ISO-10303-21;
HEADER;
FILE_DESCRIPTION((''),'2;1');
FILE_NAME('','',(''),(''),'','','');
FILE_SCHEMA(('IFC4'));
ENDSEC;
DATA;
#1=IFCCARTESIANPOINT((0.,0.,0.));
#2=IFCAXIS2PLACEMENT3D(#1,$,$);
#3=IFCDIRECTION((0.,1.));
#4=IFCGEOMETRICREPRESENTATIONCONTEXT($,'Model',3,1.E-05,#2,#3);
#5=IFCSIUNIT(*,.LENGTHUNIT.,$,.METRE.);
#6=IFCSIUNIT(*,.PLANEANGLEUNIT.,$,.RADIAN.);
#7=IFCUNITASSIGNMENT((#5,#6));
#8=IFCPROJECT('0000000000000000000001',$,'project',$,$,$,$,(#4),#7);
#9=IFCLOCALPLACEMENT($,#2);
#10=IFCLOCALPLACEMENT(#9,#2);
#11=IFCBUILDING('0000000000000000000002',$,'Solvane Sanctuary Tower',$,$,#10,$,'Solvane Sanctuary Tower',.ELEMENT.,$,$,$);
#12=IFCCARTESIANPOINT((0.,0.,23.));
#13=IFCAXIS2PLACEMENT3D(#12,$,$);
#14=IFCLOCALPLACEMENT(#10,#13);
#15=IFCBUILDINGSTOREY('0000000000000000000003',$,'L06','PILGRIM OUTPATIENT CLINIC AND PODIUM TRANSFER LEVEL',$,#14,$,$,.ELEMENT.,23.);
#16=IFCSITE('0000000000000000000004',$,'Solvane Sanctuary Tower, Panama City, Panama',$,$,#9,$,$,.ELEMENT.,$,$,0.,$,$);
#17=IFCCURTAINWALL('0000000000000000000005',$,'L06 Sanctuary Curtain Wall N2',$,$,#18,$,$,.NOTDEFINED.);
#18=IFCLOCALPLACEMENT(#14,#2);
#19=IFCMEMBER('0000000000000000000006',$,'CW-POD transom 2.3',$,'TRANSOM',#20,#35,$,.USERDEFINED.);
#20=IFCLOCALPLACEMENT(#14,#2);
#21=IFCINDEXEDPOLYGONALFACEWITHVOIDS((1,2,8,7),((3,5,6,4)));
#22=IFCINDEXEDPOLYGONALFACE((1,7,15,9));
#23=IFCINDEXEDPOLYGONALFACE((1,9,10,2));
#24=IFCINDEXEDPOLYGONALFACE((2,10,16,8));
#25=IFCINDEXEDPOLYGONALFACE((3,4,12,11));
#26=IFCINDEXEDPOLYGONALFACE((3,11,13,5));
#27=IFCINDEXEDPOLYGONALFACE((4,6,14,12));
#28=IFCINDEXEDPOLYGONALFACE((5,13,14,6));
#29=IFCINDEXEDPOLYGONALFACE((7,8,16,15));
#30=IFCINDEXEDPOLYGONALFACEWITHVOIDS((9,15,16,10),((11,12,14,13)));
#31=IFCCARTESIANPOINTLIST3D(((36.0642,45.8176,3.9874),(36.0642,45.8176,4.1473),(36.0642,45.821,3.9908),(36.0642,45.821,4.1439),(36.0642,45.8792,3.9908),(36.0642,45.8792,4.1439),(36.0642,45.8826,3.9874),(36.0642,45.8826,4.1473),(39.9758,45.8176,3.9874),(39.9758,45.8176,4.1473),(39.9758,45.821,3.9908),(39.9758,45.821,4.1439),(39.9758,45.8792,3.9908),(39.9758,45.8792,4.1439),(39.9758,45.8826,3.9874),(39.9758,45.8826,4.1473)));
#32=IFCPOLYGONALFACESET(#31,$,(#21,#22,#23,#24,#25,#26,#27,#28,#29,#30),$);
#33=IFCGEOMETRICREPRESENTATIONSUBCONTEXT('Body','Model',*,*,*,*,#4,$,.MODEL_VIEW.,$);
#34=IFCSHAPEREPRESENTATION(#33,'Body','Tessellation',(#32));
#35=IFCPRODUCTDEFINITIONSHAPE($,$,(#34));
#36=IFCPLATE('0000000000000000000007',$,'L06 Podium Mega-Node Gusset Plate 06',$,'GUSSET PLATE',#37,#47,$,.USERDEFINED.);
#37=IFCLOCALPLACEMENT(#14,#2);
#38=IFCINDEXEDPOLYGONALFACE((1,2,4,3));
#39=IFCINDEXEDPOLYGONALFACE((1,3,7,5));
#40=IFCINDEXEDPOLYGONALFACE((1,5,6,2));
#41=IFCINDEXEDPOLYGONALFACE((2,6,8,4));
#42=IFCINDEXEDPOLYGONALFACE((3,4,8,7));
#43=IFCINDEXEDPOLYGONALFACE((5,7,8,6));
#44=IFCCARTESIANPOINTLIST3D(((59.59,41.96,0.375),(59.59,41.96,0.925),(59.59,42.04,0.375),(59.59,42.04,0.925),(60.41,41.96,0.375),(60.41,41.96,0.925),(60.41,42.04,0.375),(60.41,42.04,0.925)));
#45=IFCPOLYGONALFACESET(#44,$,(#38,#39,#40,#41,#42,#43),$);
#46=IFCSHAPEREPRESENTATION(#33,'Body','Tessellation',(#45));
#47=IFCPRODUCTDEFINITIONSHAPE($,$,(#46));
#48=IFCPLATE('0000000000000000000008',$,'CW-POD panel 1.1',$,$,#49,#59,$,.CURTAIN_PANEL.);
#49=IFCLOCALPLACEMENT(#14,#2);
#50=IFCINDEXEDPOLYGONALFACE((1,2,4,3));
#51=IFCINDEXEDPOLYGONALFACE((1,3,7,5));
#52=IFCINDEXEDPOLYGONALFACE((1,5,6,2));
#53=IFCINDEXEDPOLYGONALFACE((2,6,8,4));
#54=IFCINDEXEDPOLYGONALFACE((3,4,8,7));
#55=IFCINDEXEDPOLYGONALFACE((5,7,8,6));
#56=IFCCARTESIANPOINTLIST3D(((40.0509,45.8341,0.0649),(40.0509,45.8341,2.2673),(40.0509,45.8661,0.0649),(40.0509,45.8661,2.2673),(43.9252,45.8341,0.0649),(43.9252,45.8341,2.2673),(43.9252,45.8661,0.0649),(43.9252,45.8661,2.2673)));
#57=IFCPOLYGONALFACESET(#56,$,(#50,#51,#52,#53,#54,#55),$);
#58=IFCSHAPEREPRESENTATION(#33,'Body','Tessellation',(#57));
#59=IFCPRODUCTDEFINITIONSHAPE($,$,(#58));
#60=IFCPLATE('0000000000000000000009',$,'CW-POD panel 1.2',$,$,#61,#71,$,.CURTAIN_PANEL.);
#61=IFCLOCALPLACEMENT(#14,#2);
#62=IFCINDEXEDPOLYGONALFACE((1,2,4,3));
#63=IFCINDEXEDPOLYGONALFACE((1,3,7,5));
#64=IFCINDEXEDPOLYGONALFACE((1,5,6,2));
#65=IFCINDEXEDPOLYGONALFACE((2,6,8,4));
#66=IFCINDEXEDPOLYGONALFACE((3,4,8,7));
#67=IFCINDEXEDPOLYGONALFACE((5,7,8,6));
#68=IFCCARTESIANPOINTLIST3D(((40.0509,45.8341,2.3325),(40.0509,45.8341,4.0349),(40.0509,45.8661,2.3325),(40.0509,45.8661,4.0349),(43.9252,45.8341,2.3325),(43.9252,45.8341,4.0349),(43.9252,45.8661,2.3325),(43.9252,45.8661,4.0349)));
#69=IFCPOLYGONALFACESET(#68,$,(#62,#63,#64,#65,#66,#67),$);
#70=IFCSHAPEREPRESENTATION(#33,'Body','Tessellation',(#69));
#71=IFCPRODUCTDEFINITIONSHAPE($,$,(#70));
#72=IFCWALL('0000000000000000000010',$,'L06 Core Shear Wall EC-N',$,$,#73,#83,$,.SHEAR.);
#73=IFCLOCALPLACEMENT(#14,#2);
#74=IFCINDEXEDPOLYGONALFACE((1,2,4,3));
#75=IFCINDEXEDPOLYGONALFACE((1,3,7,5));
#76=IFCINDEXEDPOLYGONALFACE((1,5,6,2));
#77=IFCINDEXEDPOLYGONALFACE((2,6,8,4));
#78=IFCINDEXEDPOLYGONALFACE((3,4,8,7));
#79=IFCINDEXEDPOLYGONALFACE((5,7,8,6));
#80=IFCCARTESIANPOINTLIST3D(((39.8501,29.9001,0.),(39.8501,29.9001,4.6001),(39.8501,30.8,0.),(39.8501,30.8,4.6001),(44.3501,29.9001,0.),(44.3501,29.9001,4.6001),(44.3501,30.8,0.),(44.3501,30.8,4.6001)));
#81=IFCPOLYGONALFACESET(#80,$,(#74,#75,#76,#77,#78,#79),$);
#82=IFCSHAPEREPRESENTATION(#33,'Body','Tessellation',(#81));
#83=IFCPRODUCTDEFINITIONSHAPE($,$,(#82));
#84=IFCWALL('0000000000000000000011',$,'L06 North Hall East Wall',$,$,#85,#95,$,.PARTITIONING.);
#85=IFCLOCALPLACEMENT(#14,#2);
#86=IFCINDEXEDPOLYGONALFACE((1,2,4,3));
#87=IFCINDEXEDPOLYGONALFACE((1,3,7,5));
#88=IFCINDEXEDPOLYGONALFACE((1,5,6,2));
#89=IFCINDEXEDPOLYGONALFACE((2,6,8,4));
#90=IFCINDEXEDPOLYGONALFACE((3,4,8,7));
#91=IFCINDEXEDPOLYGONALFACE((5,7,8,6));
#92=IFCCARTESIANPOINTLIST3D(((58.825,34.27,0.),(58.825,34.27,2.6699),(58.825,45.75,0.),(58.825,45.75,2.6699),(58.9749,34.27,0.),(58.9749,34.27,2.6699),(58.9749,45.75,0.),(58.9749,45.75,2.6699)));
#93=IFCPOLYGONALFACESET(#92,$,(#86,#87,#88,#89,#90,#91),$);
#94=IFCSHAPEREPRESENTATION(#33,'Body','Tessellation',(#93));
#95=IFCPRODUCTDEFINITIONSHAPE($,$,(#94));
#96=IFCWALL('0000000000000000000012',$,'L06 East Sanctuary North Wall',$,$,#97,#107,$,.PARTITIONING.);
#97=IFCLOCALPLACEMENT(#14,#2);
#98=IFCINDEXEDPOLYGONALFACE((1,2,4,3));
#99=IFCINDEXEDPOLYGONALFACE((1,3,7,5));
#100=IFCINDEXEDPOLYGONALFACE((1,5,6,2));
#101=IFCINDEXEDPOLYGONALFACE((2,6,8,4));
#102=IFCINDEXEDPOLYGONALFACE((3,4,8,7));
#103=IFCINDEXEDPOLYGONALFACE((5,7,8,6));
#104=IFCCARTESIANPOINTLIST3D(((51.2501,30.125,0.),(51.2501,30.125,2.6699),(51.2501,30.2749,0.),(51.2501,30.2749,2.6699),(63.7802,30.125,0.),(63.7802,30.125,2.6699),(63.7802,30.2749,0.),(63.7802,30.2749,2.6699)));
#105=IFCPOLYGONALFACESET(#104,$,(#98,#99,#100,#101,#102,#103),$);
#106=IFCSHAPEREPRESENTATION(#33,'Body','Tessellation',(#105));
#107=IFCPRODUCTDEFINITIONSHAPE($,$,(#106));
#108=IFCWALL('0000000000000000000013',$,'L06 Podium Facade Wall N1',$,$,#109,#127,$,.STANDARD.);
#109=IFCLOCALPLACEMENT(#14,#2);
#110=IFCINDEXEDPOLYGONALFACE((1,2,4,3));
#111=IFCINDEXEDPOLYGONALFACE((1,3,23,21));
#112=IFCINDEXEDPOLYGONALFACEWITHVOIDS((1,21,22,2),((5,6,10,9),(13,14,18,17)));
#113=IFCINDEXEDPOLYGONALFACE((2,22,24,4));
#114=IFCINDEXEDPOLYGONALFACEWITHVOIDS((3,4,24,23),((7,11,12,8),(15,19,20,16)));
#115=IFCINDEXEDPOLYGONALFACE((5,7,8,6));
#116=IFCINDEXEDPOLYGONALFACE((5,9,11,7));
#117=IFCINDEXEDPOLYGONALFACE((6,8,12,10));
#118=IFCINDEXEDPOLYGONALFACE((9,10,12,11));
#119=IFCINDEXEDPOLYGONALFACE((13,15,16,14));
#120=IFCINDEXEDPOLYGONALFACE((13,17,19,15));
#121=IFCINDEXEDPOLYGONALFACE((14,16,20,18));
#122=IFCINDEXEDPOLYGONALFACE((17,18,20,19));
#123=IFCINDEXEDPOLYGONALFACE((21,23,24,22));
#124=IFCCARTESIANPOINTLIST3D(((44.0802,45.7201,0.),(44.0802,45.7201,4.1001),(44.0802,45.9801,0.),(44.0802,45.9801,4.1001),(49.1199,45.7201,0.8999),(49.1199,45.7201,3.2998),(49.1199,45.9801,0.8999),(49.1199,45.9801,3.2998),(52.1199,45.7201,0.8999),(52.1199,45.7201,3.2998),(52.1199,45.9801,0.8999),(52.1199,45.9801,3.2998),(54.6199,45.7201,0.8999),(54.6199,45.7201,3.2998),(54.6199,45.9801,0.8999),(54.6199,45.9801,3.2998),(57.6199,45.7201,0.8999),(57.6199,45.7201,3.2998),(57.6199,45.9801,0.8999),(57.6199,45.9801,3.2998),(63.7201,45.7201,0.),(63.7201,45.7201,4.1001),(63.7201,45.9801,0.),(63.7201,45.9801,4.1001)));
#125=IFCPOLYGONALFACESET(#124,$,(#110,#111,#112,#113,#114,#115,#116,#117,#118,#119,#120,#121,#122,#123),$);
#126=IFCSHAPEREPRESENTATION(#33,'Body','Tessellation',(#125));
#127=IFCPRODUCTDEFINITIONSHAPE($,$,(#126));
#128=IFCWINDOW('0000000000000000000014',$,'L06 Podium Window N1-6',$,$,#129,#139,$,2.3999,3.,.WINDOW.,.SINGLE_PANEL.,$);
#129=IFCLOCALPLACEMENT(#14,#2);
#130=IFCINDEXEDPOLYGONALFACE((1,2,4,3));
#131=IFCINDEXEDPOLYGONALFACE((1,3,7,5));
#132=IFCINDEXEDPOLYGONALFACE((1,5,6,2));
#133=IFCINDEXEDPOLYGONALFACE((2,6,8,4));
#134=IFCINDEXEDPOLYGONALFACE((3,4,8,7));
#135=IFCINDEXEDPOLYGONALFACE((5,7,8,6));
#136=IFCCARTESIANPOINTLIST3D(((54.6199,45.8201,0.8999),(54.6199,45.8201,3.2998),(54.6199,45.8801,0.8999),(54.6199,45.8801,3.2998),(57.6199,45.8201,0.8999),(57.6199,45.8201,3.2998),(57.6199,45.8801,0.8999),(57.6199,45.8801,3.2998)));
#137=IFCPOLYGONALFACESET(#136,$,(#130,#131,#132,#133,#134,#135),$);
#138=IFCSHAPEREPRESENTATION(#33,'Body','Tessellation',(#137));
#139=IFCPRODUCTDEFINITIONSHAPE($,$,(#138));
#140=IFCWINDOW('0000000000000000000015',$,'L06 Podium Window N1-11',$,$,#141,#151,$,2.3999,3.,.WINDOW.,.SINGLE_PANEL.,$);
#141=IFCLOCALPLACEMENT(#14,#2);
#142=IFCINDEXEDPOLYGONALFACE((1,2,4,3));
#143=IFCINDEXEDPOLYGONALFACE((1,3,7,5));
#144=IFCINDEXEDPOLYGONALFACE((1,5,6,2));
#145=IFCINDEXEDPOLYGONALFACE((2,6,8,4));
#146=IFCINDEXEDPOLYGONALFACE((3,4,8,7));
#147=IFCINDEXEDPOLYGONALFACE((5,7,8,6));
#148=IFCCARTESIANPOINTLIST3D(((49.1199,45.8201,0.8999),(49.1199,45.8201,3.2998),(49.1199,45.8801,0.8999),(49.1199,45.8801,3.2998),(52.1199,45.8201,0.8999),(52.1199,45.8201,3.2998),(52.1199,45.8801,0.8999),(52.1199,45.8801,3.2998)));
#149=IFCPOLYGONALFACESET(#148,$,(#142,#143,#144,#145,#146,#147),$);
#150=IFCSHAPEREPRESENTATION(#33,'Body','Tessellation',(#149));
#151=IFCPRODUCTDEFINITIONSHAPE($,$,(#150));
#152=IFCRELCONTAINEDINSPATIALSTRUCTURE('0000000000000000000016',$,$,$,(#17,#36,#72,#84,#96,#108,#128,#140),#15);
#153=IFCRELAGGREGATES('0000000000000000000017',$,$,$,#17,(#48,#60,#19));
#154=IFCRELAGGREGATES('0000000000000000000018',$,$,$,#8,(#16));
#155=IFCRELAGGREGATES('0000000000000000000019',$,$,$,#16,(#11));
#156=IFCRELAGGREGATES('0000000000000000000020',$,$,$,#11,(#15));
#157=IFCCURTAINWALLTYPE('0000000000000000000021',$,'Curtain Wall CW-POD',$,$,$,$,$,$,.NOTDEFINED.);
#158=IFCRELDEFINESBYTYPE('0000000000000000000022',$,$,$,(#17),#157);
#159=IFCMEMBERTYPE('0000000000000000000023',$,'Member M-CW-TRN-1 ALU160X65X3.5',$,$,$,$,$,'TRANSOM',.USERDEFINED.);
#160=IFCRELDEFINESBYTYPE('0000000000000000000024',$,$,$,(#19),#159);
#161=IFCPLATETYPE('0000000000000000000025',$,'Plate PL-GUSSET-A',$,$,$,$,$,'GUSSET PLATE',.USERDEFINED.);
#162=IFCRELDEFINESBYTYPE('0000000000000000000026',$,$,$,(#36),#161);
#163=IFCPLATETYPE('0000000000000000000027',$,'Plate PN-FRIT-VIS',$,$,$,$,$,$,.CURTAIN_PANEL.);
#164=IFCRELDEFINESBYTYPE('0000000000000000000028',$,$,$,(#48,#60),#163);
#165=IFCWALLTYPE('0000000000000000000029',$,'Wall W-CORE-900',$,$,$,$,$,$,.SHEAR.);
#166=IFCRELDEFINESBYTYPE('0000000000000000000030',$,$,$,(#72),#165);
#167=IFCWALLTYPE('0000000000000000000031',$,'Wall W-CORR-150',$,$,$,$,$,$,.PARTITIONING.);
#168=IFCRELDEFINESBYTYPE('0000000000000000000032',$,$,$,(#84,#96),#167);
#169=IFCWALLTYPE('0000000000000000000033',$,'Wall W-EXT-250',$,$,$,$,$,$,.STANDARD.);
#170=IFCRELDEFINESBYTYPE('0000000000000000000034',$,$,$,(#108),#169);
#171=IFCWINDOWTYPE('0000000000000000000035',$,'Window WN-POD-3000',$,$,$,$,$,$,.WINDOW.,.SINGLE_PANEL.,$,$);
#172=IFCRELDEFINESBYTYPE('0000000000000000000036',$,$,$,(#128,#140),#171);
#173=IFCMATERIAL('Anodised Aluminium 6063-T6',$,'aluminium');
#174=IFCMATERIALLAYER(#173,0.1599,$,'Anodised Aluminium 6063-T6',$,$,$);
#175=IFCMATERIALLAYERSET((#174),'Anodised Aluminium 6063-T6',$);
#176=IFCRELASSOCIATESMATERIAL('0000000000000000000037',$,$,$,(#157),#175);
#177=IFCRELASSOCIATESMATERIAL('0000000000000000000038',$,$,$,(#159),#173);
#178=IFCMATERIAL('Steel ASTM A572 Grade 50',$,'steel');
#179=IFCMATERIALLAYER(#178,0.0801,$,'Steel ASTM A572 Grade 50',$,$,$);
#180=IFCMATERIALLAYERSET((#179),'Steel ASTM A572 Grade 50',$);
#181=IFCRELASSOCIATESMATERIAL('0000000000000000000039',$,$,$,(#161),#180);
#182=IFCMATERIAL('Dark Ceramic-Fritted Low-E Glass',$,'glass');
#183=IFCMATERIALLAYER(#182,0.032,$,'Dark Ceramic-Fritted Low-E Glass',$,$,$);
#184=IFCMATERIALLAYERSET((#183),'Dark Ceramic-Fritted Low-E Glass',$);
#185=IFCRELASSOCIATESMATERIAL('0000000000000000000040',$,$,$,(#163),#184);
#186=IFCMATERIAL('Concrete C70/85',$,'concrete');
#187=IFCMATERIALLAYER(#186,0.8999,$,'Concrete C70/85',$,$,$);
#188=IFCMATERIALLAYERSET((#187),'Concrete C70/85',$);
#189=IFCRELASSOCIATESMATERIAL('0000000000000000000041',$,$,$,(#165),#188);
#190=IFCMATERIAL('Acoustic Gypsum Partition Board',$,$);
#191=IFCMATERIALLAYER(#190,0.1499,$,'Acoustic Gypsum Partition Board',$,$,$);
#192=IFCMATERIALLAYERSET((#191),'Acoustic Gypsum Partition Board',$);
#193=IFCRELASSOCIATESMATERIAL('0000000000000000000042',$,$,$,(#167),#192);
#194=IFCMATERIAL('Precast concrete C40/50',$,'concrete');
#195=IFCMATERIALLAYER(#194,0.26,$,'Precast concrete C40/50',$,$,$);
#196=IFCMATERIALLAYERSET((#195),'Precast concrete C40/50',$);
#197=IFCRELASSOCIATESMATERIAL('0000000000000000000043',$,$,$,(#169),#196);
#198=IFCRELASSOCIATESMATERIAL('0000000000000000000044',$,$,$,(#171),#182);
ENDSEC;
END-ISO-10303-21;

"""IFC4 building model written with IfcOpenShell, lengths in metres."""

from ifc_helpers import new_model, si_unit, direction, frame, frame_2d, origin, origin_2d, place, context, subcontext, project, spatial, rectangle, hollow_rectangle, extrude, material, layer, layer_set, material_profile, profile_set, type_object, element, fill, aggregate, save


model = new_model("IFC4")

# Units and contexts
model_context = context("Model", 3, precision=1e-05, world=origin(), true_north=direction((0.0, 1.0)))
body_context = subcontext(model_context, "Body", "Model", "MODEL_VIEW")
ifc_project = project(units=[si_unit("LENGTHUNIT", "METRE"), si_unit("PLANEANGLEUNIT", "RADIAN")], contexts=[model_context])

# Site, building, storey
site_placement = place(None, origin())
site = spatial("IfcSite", under=ifc_project, at=site_placement, Name="Solvane Sanctuary Tower, Panama City, Panama", CompositionType="ELEMENT", RefElevation=0.0)
building_placement = place(site_placement, origin())
building = spatial("IfcBuilding", under=site, at=building_placement, Name="Solvane Sanctuary Tower", LongName="Solvane Sanctuary Tower", CompositionType="ELEMENT")
storey_placement = place(building_placement, frame((0.0, 0.0, 23.0)))
storey = spatial("IfcBuildingStorey", under=building, at=storey_placement, Name="L06", Description="PILGRIM OUTPATIENT CLINIC AND PODIUM TRANSFER LEVEL", CompositionType="ELEMENT", Elevation=23.0)

# Shared definitions
ifc_material_1 = material(Name="Concrete C70/85", Category="concrete")

# Curtain wall, member
ifc_material_2 = material(Name="Anodised Aluminium 6063-T6", Category="aluminium")
ifc_layer_1 = layer(ifc_material_2, 0.1599, Name="Anodised Aluminium 6063-T6")
ifc_layer_set_1 = layer_set([ifc_layer_1], Name="Anodised Aluminium 6063-T6")
curtain_wall_type = type_object("IfcCurtainWallType", Name="Curtain Wall CW-POD", PredefinedType="NOTDEFINED", material=ifc_layer_set_1)
curtain_wall_placement = place(storey_placement, origin())
curtain_wall = element("IfcCurtainWall", 1, at=curtain_wall_placement, inside=storey, type_object=curtain_wall_type, Name="L06 Sanctuary Curtain Wall N2", PredefinedType="NOTDEFINED")
ifc_material_profile_1 = material_profile(ifc_material_2, hollow_rectangle(XDim=0.0649, YDim=0.1599, WallThickness=0.0034, at=origin_2d()), Name="ALU160X65X3.5")
ifc_profile_set_1 = profile_set([ifc_material_profile_1], Name="Anodised Aluminium 6063-T6")
member_type_1 = type_object("IfcMemberType", Name="Member M-CW-TRN-1 ALU160X65X3.5", ElementType="TRANSOM", PredefinedType="USERDEFINED", material=ifc_profile_set_1)
member_1_placement = place(storey_placement, frame((39.9758, 45.8501, 4.0674), z_axis=(-1.0, 0.0, 0.0), x_axis=(0.0, -1.0, 0.0)))
member_1 = element("IfcMember", 2, at=member_1_placement, type_object=member_type_1, Name="CW-POD transom 2.3", ObjectType="TRANSOM", PredefinedType="USERDEFINED", context=body_context, shape_type="SweptSolid", body=[
    extrude(hollow_rectangle(XDim=0.0649, YDim=0.1599, WallThickness=0.0034, at=origin_2d()), origin(), (0.0, 0.0, 1.0), 3.9116),
])

# Plates
ifc_material_3 = material(Name="Steel ASTM A572 Grade 50", Category="steel")
ifc_layer_2 = layer(ifc_material_3, 0.0801, Name="Steel ASTM A572 Grade 50")
ifc_layer_set_2 = layer_set([ifc_layer_2], Name="Steel ASTM A572 Grade 50")
plate_type_1 = type_object("IfcPlateType", Name="Plate PL-GUSSET-A", ElementType="GUSSET PLATE", PredefinedType="USERDEFINED", material=ifc_layer_set_2)
plate_1_placement = place(storey_placement, frame((60.0, 42.0, 0.375), z_axis=(0.0, 0.0, 1.0), x_axis=(1.0, 0.0, 0.0)))
element("IfcPlate", 3, at=plate_1_placement, inside=storey, type_object=plate_type_1, Name="L06 Podium Mega-Node Gusset Plate 06", ObjectType="GUSSET PLATE", PredefinedType="USERDEFINED", context=body_context, shape_type="SweptSolid", body=[
    extrude(rectangle(XDim=0.8201, YDim=0.0801, at=origin_2d()), origin(), (0.0, 0.0, 1.0), 0.55),
])
ifc_material_4 = material(Name="Dark Ceramic-Fritted Low-E Glass", Category="glass")
ifc_layer_3 = layer(ifc_material_4, 0.032, Name="Dark Ceramic-Fritted Low-E Glass")
ifc_layer_set_3 = layer_set([ifc_layer_3], Name="Dark Ceramic-Fritted Low-E Glass")
plate_type_2 = type_object("IfcPlateType", Name="Plate PN-FRIT-VIS", PredefinedType="CURTAIN_PANEL", material=ifc_layer_set_3)
plate_2_placement = place(storey_placement, frame((41.988, 45.8501, 0.0649), z_axis=(0.0, 0.0, 1.0), x_axis=(-1.0, 0.0, 0.0)))
plate_2 = element("IfcPlate", 4, at=plate_2_placement, type_object=plate_type_2, Name="CW-POD panel 1.1", PredefinedType="CURTAIN_PANEL", context=body_context, shape_type="SweptSolid", body=[
    extrude(rectangle(XDim=3.8743, YDim=0.032, at=origin_2d()), origin(), (0.0, 0.0, 1.0), 2.2024),
])
plate_3_placement = place(storey_placement, frame((41.988, 45.8501, 2.3325), z_axis=(0.0, 0.0, 1.0), x_axis=(-1.0, 0.0, 0.0)))
plate_3 = element("IfcPlate", 5, at=plate_3_placement, type_object=plate_type_2, Name="CW-POD panel 1.2", PredefinedType="CURTAIN_PANEL", context=body_context, shape_type="SweptSolid", body=[
    extrude(rectangle(XDim=3.8743, YDim=0.032, at=origin_2d()), origin(), (0.0, 0.0, 1.0), 1.7024),
])
aggregate(curtain_wall, [plate_2, plate_3, member_1])

# Walls
ifc_layer_4 = layer(ifc_material_1, 0.8999, Name="Concrete C70/85")
ifc_layer_set_4 = layer_set([ifc_layer_4], Name="Concrete C70/85")
wall_type_1 = type_object("IfcWallType", Name="Wall W-CORE-900", PredefinedType="SHEAR", material=ifc_layer_set_4)
wall_1_placement = place(storey_placement, frame((39.8501, 30.3501, 0.0), z_axis=(0.0, 0.0, 1.0), x_axis=(1.0, 0.0, 0.0)))
element("IfcWall", 6, at=wall_1_placement, inside=storey, type_object=wall_type_1, Name="L06 Core Shear Wall EC-N", PredefinedType="SHEAR", context=body_context, shape_type="SweptSolid", body=[
    extrude(rectangle(XDim=4.5, YDim=0.8999, at=frame_2d((2.25, 0.0))), origin(), (0.0, 0.0, 1.0), 4.6001),
])
ifc_material_5 = material(Name="Acoustic Gypsum Partition Board")
ifc_layer_5 = layer(ifc_material_5, 0.1499, Name="Acoustic Gypsum Partition Board")
ifc_layer_set_5 = layer_set([ifc_layer_5], Name="Acoustic Gypsum Partition Board")
wall_type_2 = type_object("IfcWallType", Name="Wall W-CORR-150", PredefinedType="PARTITIONING", material=ifc_layer_set_5)
wall_2_placement = place(storey_placement, frame((58.8999, 34.27, 0.0), z_axis=(0.0, 0.0, 1.0), x_axis=(0.0, 1.0, 0.0)))
element("IfcWall", 7, at=wall_2_placement, inside=storey, type_object=wall_type_2, Name="L06 North Hall East Wall", PredefinedType="PARTITIONING", context=body_context, shape_type="SweptSolid", body=[
    extrude(rectangle(XDim=11.48, YDim=0.1499, at=frame_2d((5.74, 0.0))), origin(), (0.0, 0.0, 1.0), 2.6699),
])
wall_3_placement = place(storey_placement, frame((51.25, 30.2, 0.0), z_axis=(0.0, 0.0, 1.0), x_axis=(1.0, 0.0, 0.0)))
element("IfcWall", 8, at=wall_3_placement, inside=storey, type_object=wall_type_2, Name="L06 East Sanctuary North Wall", PredefinedType="PARTITIONING", context=body_context, shape_type="SweptSolid", body=[
    extrude(rectangle(XDim=12.53, YDim=0.1499, at=frame_2d((6.2651, 0.0))), origin(), (0.0, 0.0, 1.0), 2.6699),
])

# Wall, openings, windows
ifc_material_6 = material(Name="Precast concrete C40/50", Category="concrete")
ifc_layer_6 = layer(ifc_material_6, 0.26, Name="Precast concrete C40/50")
ifc_layer_set_6 = layer_set([ifc_layer_6], Name="Precast concrete C40/50")
wall_type_3 = type_object("IfcWallType", Name="Wall W-EXT-250", PredefinedType="STANDARD", material=ifc_layer_set_6)
wall_4_placement = place(storey_placement, frame((63.72, 45.8501, 0.0), z_axis=(0.0, 0.0, 1.0), x_axis=(-1.0, 0.0, 0.0)))
wall_4 = element("IfcWall", 9, at=wall_4_placement, inside=storey, type_object=wall_type_3, Name="L06 Podium Facade Wall N1", PredefinedType="STANDARD", context=body_context, shape_type="SweptSolid", body=[
    extrude(rectangle(XDim=19.6399, YDim=0.26, at=frame_2d((9.8198, 0.0))), origin(), (0.0, 0.0, 1.0), 4.1001),
])
opening_1_placement = place(wall_4_placement, frame((6.1001, 0.0, 0.8999)))
opening_1 = element("IfcOpeningElement", 10, at=opening_1_placement, cuts=wall_4, PredefinedType="OPENING", context=body_context, shape_type="SweptSolid", body=[
    extrude(rectangle(XDim=3.0, YDim=2.3999, at=frame_2d((1.5, 1.2))), frame((0.0, 0.1399, 0.0), z_axis=(0.0, -1.0, 0.0), x_axis=(1.0, 0.0, 0.0)), (0.0, 0.0, 1.0), 0.28),
])
opening_2_placement = place(wall_4_placement, frame((11.6001, 0.0, 0.8999)))
opening_2 = element("IfcOpeningElement", 11, at=opening_2_placement, cuts=wall_4, PredefinedType="OPENING", context=body_context, shape_type="SweptSolid", body=[
    extrude(rectangle(XDim=3.0, YDim=2.3999, at=frame_2d((1.5, 1.2))), frame((0.0, 0.1399, 0.0), z_axis=(0.0, -1.0, 0.0), x_axis=(1.0, 0.0, 0.0)), (0.0, 0.0, 1.0), 0.28),
])
window_type = type_object("IfcWindowType", Name="Window WN-POD-3000", PartitioningType="SINGLE_PANEL", PredefinedType="WINDOW", material=ifc_material_4)
window_1_placement = place(opening_1_placement, origin())
window_1 = element("IfcWindow", 12, at=window_1_placement, inside=storey, type_object=window_type, Name="L06 Podium Window N1-6", OverallHeight=2.3999, OverallWidth=3.0, PartitioningType="SINGLE_PANEL", PredefinedType="WINDOW", context=body_context, shape_type="SweptSolid", body=[
    extrude(rectangle(XDim=3.0, YDim=2.3999, at=frame_2d((1.5, 1.2))), frame((0.0, 0.03, 0.0), z_axis=(0.0, -1.0, 0.0), x_axis=(1.0, 0.0, 0.0)), (0.0, 0.0, 1.0), 0.0601),
])
fill(opening_1, window_1)
window_2_placement = place(opening_2_placement, origin())
window_2 = element("IfcWindow", 13, at=window_2_placement, inside=storey, type_object=window_type, Name="L06 Podium Window N1-11", OverallHeight=2.3999, OverallWidth=3.0, PartitioningType="SINGLE_PANEL", PredefinedType="WINDOW", context=body_context, shape_type="SweptSolid", body=[
    extrude(rectangle(XDim=3.0, YDim=2.3999, at=frame_2d((1.5, 1.2))), frame((0.0, 0.03, 0.0), z_axis=(0.0, -1.0, 0.0), x_axis=(1.0, 0.0, 0.0)), (0.0, 0.0, 1.0), 0.0601),
])
fill(opening_2, window_2)

save(model, "model.ifc")
